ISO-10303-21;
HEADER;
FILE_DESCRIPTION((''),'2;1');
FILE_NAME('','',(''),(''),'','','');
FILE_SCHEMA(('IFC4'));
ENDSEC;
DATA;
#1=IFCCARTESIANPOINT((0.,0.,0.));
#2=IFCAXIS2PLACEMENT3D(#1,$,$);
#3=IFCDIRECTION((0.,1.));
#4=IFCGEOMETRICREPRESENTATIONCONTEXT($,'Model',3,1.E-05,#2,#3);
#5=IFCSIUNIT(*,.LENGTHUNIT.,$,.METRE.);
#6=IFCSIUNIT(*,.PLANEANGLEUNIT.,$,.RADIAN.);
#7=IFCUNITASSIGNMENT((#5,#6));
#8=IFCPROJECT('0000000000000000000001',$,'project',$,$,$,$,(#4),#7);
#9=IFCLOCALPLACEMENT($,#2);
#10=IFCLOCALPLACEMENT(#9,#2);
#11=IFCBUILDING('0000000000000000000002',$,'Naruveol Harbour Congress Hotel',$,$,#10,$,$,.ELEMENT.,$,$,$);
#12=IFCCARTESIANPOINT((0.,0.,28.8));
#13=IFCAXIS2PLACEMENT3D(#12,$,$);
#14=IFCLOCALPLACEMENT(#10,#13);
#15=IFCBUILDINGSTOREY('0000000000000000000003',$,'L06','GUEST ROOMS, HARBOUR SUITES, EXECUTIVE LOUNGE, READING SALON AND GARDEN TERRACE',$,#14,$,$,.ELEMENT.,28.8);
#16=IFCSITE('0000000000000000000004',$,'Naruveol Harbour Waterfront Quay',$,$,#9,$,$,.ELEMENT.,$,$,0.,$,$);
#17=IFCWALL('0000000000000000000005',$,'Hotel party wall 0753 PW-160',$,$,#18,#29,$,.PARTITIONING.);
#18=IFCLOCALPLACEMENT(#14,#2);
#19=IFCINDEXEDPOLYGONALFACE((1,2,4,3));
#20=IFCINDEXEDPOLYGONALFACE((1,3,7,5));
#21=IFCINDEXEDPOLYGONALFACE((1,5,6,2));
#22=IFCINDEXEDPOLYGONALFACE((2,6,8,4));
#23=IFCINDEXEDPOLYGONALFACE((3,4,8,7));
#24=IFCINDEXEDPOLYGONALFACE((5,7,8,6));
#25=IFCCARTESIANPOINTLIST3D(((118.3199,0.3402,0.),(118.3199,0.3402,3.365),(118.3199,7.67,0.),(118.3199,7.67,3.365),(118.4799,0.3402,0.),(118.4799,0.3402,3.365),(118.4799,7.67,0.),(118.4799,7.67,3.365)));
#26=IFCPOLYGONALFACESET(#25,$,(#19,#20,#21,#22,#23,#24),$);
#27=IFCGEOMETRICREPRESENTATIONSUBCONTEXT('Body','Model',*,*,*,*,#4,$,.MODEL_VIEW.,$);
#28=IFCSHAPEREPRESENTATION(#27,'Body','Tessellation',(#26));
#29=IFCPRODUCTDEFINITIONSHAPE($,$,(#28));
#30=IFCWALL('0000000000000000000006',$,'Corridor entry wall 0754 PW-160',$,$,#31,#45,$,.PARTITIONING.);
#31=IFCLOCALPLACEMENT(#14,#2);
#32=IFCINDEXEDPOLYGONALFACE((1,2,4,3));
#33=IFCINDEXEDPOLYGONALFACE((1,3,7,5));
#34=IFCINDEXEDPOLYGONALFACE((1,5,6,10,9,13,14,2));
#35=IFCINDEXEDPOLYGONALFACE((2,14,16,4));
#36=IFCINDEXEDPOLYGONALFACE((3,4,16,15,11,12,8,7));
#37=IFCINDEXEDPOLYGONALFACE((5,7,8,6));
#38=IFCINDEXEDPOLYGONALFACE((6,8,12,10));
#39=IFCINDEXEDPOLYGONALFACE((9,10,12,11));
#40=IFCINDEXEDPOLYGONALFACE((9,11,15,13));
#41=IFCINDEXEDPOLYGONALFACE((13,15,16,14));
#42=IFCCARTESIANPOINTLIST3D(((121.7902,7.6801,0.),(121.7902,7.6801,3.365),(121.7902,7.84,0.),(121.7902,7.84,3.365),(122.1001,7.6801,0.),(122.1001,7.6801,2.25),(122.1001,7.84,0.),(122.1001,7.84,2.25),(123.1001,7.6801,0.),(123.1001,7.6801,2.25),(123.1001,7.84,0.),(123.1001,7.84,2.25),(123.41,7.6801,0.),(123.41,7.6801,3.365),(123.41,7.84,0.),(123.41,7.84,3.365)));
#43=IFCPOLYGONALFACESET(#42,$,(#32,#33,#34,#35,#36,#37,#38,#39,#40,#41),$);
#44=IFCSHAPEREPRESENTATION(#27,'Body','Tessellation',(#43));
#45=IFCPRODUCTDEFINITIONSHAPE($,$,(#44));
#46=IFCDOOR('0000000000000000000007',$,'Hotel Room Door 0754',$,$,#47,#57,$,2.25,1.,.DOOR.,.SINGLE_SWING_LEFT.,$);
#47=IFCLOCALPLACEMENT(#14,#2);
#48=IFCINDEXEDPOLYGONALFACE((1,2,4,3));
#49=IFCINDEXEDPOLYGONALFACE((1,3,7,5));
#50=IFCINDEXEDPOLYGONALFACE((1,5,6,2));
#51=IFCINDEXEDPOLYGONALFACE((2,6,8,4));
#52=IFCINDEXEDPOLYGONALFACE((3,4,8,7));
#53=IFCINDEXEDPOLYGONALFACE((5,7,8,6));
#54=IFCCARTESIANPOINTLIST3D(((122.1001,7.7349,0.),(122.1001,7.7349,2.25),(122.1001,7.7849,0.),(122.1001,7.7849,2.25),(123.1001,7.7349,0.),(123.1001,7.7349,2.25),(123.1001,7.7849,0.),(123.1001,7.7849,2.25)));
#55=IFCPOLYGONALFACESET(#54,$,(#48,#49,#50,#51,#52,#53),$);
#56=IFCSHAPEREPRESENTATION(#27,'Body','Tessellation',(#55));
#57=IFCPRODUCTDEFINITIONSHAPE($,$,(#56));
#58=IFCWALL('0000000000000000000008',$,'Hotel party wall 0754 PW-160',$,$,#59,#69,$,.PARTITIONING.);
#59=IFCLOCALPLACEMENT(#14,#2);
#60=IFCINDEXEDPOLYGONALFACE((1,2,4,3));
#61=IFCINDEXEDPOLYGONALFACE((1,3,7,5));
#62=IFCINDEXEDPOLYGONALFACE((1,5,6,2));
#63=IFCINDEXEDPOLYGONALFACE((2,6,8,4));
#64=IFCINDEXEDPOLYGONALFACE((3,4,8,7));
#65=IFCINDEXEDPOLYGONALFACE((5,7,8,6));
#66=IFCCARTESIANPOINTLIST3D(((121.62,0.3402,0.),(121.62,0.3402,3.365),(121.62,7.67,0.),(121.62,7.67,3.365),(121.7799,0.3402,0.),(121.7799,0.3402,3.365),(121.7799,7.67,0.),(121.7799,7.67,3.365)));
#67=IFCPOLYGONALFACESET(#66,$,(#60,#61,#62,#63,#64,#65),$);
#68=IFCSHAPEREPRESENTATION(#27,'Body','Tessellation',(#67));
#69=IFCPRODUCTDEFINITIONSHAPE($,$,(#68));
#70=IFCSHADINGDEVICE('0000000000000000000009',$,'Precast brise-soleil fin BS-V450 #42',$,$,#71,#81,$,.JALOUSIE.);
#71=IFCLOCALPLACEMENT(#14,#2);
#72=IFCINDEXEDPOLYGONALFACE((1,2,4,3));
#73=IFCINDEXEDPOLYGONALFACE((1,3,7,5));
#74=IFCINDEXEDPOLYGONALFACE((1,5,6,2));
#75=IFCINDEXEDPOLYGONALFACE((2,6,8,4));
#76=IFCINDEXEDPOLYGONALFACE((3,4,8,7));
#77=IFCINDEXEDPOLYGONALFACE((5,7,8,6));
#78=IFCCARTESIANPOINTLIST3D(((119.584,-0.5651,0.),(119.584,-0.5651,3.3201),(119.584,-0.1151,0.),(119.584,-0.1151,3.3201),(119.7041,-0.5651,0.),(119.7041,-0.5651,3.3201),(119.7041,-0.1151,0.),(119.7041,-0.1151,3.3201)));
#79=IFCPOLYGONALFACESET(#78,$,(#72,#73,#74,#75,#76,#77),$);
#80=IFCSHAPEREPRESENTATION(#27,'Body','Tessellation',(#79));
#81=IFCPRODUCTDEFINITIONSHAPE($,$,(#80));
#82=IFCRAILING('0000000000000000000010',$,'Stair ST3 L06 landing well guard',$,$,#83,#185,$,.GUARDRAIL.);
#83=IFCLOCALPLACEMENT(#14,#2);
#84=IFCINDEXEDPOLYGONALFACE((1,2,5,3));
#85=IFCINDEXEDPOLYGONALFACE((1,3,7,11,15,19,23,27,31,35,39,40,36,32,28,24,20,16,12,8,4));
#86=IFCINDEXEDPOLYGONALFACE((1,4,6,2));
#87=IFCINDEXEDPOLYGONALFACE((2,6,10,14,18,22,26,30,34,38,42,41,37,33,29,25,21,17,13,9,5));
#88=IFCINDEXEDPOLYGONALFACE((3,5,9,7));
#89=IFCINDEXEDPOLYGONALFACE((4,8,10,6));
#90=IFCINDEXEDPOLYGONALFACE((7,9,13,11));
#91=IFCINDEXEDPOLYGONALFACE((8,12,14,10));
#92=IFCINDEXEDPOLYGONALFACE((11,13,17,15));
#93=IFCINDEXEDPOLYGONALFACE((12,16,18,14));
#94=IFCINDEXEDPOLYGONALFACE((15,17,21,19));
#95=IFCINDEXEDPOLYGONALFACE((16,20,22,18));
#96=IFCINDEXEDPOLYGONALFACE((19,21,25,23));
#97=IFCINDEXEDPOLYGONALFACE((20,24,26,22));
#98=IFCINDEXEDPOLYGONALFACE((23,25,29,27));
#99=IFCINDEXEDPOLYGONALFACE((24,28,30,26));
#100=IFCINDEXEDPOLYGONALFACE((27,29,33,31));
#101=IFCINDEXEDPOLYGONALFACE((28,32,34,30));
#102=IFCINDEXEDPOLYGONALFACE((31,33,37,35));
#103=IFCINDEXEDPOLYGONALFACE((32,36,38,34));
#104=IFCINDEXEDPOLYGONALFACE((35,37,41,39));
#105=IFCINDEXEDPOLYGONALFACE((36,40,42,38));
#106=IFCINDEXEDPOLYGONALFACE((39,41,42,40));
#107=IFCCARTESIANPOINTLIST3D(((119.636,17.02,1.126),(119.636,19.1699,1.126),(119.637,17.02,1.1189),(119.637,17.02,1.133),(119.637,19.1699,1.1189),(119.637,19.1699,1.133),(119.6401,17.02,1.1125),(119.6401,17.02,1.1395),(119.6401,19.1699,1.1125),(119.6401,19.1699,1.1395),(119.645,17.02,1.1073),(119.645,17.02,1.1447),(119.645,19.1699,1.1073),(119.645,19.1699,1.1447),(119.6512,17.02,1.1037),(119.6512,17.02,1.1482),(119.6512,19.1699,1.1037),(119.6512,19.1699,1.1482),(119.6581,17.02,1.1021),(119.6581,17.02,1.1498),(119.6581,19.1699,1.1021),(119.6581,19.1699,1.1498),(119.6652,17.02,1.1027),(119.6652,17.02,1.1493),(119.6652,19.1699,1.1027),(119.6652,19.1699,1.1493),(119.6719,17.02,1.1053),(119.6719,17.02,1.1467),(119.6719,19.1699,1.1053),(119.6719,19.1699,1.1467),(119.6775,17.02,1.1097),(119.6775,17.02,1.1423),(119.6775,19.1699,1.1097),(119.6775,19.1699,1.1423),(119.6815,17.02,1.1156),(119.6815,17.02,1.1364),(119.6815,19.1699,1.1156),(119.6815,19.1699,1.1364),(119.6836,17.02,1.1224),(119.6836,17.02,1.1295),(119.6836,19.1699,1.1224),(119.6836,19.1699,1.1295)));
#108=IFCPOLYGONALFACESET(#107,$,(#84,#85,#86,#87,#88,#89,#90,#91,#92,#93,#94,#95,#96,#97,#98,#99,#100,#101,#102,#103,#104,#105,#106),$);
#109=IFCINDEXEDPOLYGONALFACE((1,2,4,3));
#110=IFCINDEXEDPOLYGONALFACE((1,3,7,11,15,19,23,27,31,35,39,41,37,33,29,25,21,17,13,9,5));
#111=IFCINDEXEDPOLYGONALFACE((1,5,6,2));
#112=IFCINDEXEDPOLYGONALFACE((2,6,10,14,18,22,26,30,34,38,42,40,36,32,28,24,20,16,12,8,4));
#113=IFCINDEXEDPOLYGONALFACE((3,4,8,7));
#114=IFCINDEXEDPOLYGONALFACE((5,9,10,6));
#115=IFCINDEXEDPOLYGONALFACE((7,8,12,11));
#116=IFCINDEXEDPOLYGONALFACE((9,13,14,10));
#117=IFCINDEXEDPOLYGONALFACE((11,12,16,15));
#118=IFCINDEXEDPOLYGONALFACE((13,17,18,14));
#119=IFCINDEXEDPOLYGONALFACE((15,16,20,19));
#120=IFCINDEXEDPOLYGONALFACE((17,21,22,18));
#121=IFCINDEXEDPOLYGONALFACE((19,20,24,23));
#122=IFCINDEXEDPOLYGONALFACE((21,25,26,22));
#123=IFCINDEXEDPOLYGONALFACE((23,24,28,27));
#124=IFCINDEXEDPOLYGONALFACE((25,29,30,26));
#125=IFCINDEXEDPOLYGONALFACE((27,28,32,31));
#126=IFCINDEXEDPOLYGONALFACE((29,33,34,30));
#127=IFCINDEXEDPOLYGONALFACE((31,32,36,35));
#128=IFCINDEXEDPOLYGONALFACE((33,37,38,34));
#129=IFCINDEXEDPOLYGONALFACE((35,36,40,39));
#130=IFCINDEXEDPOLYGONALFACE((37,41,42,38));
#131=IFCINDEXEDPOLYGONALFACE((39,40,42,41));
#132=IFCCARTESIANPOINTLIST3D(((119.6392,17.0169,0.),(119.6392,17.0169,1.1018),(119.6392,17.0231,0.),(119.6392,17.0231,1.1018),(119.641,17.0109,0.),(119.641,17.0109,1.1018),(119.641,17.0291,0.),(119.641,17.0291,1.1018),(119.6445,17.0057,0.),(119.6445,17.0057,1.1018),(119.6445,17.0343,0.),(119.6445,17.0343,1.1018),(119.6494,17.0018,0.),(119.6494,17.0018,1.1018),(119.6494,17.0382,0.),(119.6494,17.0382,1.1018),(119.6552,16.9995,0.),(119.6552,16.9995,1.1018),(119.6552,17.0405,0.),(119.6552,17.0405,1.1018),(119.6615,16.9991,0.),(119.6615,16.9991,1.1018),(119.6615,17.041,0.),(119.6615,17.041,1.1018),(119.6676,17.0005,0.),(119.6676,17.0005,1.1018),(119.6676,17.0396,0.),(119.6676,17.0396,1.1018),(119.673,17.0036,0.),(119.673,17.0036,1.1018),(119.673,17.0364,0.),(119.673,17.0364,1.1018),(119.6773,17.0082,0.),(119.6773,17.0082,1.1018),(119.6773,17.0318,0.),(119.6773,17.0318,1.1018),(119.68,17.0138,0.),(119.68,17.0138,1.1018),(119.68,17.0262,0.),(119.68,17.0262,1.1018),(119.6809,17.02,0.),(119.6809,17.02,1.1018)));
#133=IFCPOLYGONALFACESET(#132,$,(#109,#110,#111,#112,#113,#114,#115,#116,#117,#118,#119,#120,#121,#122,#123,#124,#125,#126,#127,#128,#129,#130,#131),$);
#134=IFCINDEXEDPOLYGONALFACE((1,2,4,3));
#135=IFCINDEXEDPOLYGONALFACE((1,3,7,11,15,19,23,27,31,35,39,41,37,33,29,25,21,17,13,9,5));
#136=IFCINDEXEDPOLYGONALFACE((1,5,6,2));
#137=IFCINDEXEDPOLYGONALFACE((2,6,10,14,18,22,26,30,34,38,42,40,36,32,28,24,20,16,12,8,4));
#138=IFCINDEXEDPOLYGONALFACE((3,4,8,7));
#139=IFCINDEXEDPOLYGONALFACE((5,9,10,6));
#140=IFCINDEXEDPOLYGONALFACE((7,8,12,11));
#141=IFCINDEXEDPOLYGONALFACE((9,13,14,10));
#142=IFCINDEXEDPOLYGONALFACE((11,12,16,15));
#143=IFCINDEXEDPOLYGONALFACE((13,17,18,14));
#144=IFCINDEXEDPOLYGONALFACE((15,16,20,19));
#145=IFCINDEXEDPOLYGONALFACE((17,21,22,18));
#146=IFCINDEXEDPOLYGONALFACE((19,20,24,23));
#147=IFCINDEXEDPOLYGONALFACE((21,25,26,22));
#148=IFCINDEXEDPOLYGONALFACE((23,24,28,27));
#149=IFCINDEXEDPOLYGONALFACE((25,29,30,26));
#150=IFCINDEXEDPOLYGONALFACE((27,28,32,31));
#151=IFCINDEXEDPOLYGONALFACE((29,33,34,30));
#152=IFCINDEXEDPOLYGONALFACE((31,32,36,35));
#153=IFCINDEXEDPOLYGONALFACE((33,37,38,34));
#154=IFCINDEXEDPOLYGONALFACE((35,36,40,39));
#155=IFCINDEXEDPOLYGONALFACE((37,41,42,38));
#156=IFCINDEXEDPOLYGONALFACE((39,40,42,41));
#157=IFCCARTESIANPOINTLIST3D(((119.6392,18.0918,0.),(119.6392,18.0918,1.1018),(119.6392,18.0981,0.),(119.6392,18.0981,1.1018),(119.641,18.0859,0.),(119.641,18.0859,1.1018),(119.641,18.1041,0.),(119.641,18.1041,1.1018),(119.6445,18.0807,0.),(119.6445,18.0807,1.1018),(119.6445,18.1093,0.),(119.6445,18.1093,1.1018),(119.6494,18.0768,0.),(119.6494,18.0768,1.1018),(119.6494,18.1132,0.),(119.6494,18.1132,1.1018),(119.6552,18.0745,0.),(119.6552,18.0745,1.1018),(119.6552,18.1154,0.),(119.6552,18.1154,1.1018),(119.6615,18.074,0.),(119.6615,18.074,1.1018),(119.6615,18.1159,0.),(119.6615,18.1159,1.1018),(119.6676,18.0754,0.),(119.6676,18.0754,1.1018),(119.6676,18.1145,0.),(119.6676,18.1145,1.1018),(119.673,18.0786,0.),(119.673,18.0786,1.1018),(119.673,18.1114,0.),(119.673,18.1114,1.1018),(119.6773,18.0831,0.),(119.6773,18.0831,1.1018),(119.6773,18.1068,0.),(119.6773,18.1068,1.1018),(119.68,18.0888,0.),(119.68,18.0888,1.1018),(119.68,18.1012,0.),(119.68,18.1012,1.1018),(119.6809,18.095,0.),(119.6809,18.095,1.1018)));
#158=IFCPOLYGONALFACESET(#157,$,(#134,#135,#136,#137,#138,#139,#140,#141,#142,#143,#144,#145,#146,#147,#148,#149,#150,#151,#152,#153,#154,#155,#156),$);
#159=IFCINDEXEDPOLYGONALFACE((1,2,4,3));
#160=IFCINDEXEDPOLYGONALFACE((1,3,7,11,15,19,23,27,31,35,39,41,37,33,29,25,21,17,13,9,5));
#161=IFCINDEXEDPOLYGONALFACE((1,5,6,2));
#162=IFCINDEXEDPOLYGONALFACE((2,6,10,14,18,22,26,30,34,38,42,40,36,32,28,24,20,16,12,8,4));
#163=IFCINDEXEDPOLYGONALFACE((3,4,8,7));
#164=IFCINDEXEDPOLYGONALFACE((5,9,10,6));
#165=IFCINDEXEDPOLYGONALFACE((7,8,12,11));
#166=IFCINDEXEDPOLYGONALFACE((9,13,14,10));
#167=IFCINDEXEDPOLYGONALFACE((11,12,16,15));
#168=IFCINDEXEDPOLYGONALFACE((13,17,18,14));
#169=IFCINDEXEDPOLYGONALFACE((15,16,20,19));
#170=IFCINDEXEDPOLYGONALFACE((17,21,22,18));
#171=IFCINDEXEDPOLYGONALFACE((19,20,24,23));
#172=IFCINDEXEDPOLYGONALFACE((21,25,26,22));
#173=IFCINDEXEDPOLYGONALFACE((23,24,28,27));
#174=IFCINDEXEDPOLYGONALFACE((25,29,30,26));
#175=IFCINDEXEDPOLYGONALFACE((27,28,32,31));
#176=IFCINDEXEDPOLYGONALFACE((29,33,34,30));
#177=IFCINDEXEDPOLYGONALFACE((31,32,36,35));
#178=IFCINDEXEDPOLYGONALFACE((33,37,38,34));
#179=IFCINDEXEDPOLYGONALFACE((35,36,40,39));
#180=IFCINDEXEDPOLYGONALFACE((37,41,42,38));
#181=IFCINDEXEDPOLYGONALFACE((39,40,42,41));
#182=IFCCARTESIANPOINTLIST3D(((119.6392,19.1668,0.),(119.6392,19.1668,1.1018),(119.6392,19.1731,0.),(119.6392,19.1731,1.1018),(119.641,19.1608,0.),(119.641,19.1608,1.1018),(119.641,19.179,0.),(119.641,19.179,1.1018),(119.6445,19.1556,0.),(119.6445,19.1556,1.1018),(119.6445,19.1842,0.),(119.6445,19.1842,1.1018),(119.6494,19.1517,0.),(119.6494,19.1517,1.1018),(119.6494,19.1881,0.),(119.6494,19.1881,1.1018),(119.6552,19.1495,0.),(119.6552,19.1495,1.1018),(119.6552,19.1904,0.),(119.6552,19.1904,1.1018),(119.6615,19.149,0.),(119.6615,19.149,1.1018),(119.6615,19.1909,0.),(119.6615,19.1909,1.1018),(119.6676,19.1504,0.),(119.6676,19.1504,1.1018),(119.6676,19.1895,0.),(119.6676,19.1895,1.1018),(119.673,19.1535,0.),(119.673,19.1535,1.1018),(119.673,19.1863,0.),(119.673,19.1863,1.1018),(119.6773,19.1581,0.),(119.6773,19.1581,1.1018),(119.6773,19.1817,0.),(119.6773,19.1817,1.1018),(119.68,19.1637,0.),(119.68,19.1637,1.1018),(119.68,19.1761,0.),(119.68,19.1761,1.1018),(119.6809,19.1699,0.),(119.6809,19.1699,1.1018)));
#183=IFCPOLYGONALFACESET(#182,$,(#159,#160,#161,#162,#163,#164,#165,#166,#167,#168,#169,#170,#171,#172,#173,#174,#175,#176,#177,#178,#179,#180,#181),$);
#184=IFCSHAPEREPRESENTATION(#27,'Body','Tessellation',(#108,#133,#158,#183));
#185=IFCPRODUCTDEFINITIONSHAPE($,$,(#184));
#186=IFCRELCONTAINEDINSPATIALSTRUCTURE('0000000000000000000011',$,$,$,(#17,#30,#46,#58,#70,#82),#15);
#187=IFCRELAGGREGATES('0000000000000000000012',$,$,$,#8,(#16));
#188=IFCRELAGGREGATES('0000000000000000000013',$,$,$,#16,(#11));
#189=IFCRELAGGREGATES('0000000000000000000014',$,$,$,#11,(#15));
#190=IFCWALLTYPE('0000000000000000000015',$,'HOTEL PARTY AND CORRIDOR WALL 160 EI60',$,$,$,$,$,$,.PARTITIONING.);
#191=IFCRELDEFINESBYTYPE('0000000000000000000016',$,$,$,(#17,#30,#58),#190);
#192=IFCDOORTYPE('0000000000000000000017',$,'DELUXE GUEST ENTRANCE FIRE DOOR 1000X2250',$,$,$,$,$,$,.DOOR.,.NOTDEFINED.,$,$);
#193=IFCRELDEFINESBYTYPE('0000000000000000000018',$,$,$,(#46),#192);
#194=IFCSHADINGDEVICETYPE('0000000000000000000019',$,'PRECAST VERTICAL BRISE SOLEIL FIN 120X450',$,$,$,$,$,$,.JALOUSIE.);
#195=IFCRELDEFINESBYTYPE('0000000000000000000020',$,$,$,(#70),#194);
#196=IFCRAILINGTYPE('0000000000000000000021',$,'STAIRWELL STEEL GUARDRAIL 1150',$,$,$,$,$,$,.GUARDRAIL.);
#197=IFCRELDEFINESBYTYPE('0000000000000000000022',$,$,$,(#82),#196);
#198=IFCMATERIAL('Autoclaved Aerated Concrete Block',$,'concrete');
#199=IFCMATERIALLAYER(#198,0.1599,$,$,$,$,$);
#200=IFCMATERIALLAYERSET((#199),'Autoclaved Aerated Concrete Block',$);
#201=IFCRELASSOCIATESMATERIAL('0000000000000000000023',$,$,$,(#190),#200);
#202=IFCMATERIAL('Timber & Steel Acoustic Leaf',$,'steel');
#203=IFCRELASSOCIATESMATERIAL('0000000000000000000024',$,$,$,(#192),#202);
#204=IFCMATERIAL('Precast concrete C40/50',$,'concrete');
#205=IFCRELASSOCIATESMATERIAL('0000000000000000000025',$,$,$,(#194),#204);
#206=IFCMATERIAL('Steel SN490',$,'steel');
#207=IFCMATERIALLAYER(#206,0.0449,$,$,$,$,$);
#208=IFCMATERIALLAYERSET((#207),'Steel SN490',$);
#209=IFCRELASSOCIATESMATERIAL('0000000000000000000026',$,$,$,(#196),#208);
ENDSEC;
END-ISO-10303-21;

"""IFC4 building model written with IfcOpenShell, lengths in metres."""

from ifc_helpers import new_model, si_unit, direction, frame, frame_2d, origin, origin_2d, place, context, subcontext, project, spatial, rectangle, circle, extrude, material, layer, layer_set, type_object, element, fill, save


model = new_model("IFC4")

# Units and contexts
model_context = context("Model", 3, precision=1e-05, world=origin(), true_north=direction((0.0, 1.0)))
body_context = subcontext(model_context, "Body", "Model", "MODEL_VIEW")
ifc_project = project(units=[si_unit("LENGTHUNIT", "METRE"), si_unit("PLANEANGLEUNIT", "RADIAN")], contexts=[model_context])

# Site, building, storey
site_placement = place(None, origin())
site = spatial("IfcSite", under=ifc_project, at=site_placement, Name="Naruveol Harbour Waterfront Quay", CompositionType="ELEMENT", RefElevation=0.0)
building_placement = place(site_placement, origin())
building = spatial("IfcBuilding", under=site, at=building_placement, Name="Naruveol Harbour Congress Hotel", CompositionType="ELEMENT")
storey_placement = place(building_placement, frame((0.0, 0.0, 28.8)))
storey = spatial("IfcBuildingStorey", under=building, at=storey_placement, Name="L06", Description="GUEST ROOMS, HARBOUR SUITES, EXECUTIVE LOUNGE, READING SALON AND GARDEN TERRACE", CompositionType="ELEMENT", Elevation=28.8)

# Shared definitions
ifc_material_1 = material(Name="Autoclaved Aerated Concrete Block", Category="concrete")
ifc_layer_1 = layer(ifc_material_1, 0.1599)
ifc_layer_set_1 = layer_set([ifc_layer_1], Name="Autoclaved Aerated Concrete Block")
wall_type_1 = type_object("IfcWallType", Name="HOTEL PARTY AND CORRIDOR WALL 160 EI60", PredefinedType="PARTITIONING", material=ifc_layer_set_1)

# Wall
wall_1_placement = place(storey_placement, frame((118.3999, 0.3401, 0.0), z_axis=(0.0, 0.0, 1.0), x_axis=(0.0, 1.0, 0.0)))
element("IfcWall", 1, at=wall_1_placement, inside=storey, type_object=wall_type_1, Name="Hotel party wall 0753 PW-160", PredefinedType="PARTITIONING", context=body_context, shape_type="SweptSolid", body=[
    extrude(rectangle(XDim=7.3298, YDim=0.1599, at=frame_2d((3.665, 0.0))), origin(), (0.0, 0.0, 1.0), 3.365),
])

# Wall, opening, door
wall_2_placement = place(storey_placement, frame((121.79, 7.76, 0.0), z_axis=(0.0, 0.0, 1.0), x_axis=(1.0, 0.0, 0.0)))
wall_2 = element("IfcWall", 2, at=wall_2_placement, inside=storey, type_object=wall_type_1, Name="Corridor entry wall 0754 PW-160", PredefinedType="PARTITIONING", context=body_context, shape_type="SweptSolid", body=[
    extrude(rectangle(XDim=1.6199, YDim=0.1599, at=frame_2d((0.8101, 0.0))), origin(), (0.0, 0.0, 1.0), 3.365),
])
opening_1_placement = place(wall_2_placement, frame((0.3101, 0.0, 0.0)))
opening_1 = element("IfcOpeningElement", 3, at=opening_1_placement, cuts=wall_2, PredefinedType="OPENING", context=body_context, shape_type="SweptSolid", body=[
    extrude(rectangle(XDim=1.0, YDim=2.25, at=frame_2d((0.5, 1.125))), frame((0.0, 0.0898, 0.0), z_axis=(0.0, -1.0, 0.0), x_axis=(1.0, 0.0, 0.0)), (0.0, 0.0, 1.0), 0.1799),
])
ifc_material_2 = material(Name="Timber & Steel Acoustic Leaf", Category="steel")
door_type_1 = type_object("IfcDoorType", Name="DELUXE GUEST ENTRANCE FIRE DOOR 1000X2250", OperationType="NOTDEFINED", PredefinedType="DOOR", material=ifc_material_2)
door_1_placement = place(opening_1_placement, origin())
door_1 = element("IfcDoor", 4, at=door_1_placement, inside=storey, type_object=door_type_1, Name="Hotel Room Door 0754", OperationType="SINGLE_SWING_LEFT", OverallHeight=2.25, OverallWidth=1.0, PredefinedType="DOOR", context=body_context, shape_type="SweptSolid", body=[
    extrude(rectangle(XDim=1.0, YDim=2.25, at=frame_2d((0.5, 1.125))), frame((0.0, 0.0249, 0.0), z_axis=(0.0, -1.0, 0.0), x_axis=(1.0, 0.0, 0.0)), (0.0, 0.0, 1.0), 0.05),
])
fill(opening_1, door_1)

# Wall
wall_3_placement = place(storey_placement, frame((121.7, 0.3401, 0.0), z_axis=(0.0, 0.0, 1.0), x_axis=(0.0, 1.0, 0.0)))
element("IfcWall", 5, at=wall_3_placement, inside=storey, type_object=wall_type_1, Name="Hotel party wall 0754 PW-160", PredefinedType="PARTITIONING", context=body_context, shape_type="SweptSolid", body=[
    extrude(rectangle(XDim=7.3298, YDim=0.1599, at=frame_2d((3.665, 0.0))), origin(), (0.0, 0.0, 1.0), 3.365),
])

# Shading device
ifc_material_3 = material(Name="Precast concrete C40/50", Category="concrete")
shading_device_type = type_object("IfcShadingDeviceType", Name="PRECAST VERTICAL BRISE SOLEIL FIN 120X450", PredefinedType="JALOUSIE", material=ifc_material_3)
shading_device_placement = place(storey_placement, frame((119.644, -0.3401, 0.0), z_axis=(0.0, 0.0, 1.0), x_axis=(-1.0, 0.0, 0.0)))
element("IfcShadingDevice", 6, at=shading_device_placement, inside=storey, type_object=shading_device_type, Name="Precast brise-soleil fin BS-V450 #42", PredefinedType="JALOUSIE", context=body_context, shape_type="SweptSolid", body=[
    extrude(rectangle(XDim=0.1201, YDim=0.45, at=origin_2d()), origin(), (0.0, 0.0, 1.0), 3.3201),
])

# Railing
ifc_material_4 = material(Name="Steel SN490", Category="steel")
ifc_layer_2 = layer(ifc_material_4, 0.0449)
ifc_layer_set_2 = layer_set([ifc_layer_2], Name="Steel SN490")
railing_type = type_object("IfcRailingType", Name="STAIRWELL STEEL GUARDRAIL 1150", PredefinedType="GUARDRAIL", material=ifc_layer_set_2)
railing_placement = place(storey_placement, frame((119.6599, 17.02, 0.0)))
element("IfcRailing", 7, at=railing_placement, inside=storey, type_object=railing_type, Name="Stair ST3 L06 landing well guard", PredefinedType="GUARDRAIL", context=body_context, shape_type="SweptSolid", body=[
    extrude(circle(Radius=0.0239, at=origin_2d()), frame((0.0, 0.0, 1.126), z_axis=(0.0, 1.0, 0.0), x_axis=(-1.0, 0.0, 0.0)), (0.0, 0.0, 1.0), 2.1499),
    extrude(circle(Radius=0.021, at=origin_2d()), origin(), (0.0, 0.0, 1.0), 1.1018),
    extrude(circle(Radius=0.021, at=origin_2d()), frame((0.0, 1.075, 0.0)), (0.0, 0.0, 1.0), 1.1018),
    extrude(circle(Radius=0.021, at=origin_2d()), frame((0.0, 2.1499, 0.0)), (0.0, 0.0, 1.0), 1.1018),
])

save(model, "model.ifc")
